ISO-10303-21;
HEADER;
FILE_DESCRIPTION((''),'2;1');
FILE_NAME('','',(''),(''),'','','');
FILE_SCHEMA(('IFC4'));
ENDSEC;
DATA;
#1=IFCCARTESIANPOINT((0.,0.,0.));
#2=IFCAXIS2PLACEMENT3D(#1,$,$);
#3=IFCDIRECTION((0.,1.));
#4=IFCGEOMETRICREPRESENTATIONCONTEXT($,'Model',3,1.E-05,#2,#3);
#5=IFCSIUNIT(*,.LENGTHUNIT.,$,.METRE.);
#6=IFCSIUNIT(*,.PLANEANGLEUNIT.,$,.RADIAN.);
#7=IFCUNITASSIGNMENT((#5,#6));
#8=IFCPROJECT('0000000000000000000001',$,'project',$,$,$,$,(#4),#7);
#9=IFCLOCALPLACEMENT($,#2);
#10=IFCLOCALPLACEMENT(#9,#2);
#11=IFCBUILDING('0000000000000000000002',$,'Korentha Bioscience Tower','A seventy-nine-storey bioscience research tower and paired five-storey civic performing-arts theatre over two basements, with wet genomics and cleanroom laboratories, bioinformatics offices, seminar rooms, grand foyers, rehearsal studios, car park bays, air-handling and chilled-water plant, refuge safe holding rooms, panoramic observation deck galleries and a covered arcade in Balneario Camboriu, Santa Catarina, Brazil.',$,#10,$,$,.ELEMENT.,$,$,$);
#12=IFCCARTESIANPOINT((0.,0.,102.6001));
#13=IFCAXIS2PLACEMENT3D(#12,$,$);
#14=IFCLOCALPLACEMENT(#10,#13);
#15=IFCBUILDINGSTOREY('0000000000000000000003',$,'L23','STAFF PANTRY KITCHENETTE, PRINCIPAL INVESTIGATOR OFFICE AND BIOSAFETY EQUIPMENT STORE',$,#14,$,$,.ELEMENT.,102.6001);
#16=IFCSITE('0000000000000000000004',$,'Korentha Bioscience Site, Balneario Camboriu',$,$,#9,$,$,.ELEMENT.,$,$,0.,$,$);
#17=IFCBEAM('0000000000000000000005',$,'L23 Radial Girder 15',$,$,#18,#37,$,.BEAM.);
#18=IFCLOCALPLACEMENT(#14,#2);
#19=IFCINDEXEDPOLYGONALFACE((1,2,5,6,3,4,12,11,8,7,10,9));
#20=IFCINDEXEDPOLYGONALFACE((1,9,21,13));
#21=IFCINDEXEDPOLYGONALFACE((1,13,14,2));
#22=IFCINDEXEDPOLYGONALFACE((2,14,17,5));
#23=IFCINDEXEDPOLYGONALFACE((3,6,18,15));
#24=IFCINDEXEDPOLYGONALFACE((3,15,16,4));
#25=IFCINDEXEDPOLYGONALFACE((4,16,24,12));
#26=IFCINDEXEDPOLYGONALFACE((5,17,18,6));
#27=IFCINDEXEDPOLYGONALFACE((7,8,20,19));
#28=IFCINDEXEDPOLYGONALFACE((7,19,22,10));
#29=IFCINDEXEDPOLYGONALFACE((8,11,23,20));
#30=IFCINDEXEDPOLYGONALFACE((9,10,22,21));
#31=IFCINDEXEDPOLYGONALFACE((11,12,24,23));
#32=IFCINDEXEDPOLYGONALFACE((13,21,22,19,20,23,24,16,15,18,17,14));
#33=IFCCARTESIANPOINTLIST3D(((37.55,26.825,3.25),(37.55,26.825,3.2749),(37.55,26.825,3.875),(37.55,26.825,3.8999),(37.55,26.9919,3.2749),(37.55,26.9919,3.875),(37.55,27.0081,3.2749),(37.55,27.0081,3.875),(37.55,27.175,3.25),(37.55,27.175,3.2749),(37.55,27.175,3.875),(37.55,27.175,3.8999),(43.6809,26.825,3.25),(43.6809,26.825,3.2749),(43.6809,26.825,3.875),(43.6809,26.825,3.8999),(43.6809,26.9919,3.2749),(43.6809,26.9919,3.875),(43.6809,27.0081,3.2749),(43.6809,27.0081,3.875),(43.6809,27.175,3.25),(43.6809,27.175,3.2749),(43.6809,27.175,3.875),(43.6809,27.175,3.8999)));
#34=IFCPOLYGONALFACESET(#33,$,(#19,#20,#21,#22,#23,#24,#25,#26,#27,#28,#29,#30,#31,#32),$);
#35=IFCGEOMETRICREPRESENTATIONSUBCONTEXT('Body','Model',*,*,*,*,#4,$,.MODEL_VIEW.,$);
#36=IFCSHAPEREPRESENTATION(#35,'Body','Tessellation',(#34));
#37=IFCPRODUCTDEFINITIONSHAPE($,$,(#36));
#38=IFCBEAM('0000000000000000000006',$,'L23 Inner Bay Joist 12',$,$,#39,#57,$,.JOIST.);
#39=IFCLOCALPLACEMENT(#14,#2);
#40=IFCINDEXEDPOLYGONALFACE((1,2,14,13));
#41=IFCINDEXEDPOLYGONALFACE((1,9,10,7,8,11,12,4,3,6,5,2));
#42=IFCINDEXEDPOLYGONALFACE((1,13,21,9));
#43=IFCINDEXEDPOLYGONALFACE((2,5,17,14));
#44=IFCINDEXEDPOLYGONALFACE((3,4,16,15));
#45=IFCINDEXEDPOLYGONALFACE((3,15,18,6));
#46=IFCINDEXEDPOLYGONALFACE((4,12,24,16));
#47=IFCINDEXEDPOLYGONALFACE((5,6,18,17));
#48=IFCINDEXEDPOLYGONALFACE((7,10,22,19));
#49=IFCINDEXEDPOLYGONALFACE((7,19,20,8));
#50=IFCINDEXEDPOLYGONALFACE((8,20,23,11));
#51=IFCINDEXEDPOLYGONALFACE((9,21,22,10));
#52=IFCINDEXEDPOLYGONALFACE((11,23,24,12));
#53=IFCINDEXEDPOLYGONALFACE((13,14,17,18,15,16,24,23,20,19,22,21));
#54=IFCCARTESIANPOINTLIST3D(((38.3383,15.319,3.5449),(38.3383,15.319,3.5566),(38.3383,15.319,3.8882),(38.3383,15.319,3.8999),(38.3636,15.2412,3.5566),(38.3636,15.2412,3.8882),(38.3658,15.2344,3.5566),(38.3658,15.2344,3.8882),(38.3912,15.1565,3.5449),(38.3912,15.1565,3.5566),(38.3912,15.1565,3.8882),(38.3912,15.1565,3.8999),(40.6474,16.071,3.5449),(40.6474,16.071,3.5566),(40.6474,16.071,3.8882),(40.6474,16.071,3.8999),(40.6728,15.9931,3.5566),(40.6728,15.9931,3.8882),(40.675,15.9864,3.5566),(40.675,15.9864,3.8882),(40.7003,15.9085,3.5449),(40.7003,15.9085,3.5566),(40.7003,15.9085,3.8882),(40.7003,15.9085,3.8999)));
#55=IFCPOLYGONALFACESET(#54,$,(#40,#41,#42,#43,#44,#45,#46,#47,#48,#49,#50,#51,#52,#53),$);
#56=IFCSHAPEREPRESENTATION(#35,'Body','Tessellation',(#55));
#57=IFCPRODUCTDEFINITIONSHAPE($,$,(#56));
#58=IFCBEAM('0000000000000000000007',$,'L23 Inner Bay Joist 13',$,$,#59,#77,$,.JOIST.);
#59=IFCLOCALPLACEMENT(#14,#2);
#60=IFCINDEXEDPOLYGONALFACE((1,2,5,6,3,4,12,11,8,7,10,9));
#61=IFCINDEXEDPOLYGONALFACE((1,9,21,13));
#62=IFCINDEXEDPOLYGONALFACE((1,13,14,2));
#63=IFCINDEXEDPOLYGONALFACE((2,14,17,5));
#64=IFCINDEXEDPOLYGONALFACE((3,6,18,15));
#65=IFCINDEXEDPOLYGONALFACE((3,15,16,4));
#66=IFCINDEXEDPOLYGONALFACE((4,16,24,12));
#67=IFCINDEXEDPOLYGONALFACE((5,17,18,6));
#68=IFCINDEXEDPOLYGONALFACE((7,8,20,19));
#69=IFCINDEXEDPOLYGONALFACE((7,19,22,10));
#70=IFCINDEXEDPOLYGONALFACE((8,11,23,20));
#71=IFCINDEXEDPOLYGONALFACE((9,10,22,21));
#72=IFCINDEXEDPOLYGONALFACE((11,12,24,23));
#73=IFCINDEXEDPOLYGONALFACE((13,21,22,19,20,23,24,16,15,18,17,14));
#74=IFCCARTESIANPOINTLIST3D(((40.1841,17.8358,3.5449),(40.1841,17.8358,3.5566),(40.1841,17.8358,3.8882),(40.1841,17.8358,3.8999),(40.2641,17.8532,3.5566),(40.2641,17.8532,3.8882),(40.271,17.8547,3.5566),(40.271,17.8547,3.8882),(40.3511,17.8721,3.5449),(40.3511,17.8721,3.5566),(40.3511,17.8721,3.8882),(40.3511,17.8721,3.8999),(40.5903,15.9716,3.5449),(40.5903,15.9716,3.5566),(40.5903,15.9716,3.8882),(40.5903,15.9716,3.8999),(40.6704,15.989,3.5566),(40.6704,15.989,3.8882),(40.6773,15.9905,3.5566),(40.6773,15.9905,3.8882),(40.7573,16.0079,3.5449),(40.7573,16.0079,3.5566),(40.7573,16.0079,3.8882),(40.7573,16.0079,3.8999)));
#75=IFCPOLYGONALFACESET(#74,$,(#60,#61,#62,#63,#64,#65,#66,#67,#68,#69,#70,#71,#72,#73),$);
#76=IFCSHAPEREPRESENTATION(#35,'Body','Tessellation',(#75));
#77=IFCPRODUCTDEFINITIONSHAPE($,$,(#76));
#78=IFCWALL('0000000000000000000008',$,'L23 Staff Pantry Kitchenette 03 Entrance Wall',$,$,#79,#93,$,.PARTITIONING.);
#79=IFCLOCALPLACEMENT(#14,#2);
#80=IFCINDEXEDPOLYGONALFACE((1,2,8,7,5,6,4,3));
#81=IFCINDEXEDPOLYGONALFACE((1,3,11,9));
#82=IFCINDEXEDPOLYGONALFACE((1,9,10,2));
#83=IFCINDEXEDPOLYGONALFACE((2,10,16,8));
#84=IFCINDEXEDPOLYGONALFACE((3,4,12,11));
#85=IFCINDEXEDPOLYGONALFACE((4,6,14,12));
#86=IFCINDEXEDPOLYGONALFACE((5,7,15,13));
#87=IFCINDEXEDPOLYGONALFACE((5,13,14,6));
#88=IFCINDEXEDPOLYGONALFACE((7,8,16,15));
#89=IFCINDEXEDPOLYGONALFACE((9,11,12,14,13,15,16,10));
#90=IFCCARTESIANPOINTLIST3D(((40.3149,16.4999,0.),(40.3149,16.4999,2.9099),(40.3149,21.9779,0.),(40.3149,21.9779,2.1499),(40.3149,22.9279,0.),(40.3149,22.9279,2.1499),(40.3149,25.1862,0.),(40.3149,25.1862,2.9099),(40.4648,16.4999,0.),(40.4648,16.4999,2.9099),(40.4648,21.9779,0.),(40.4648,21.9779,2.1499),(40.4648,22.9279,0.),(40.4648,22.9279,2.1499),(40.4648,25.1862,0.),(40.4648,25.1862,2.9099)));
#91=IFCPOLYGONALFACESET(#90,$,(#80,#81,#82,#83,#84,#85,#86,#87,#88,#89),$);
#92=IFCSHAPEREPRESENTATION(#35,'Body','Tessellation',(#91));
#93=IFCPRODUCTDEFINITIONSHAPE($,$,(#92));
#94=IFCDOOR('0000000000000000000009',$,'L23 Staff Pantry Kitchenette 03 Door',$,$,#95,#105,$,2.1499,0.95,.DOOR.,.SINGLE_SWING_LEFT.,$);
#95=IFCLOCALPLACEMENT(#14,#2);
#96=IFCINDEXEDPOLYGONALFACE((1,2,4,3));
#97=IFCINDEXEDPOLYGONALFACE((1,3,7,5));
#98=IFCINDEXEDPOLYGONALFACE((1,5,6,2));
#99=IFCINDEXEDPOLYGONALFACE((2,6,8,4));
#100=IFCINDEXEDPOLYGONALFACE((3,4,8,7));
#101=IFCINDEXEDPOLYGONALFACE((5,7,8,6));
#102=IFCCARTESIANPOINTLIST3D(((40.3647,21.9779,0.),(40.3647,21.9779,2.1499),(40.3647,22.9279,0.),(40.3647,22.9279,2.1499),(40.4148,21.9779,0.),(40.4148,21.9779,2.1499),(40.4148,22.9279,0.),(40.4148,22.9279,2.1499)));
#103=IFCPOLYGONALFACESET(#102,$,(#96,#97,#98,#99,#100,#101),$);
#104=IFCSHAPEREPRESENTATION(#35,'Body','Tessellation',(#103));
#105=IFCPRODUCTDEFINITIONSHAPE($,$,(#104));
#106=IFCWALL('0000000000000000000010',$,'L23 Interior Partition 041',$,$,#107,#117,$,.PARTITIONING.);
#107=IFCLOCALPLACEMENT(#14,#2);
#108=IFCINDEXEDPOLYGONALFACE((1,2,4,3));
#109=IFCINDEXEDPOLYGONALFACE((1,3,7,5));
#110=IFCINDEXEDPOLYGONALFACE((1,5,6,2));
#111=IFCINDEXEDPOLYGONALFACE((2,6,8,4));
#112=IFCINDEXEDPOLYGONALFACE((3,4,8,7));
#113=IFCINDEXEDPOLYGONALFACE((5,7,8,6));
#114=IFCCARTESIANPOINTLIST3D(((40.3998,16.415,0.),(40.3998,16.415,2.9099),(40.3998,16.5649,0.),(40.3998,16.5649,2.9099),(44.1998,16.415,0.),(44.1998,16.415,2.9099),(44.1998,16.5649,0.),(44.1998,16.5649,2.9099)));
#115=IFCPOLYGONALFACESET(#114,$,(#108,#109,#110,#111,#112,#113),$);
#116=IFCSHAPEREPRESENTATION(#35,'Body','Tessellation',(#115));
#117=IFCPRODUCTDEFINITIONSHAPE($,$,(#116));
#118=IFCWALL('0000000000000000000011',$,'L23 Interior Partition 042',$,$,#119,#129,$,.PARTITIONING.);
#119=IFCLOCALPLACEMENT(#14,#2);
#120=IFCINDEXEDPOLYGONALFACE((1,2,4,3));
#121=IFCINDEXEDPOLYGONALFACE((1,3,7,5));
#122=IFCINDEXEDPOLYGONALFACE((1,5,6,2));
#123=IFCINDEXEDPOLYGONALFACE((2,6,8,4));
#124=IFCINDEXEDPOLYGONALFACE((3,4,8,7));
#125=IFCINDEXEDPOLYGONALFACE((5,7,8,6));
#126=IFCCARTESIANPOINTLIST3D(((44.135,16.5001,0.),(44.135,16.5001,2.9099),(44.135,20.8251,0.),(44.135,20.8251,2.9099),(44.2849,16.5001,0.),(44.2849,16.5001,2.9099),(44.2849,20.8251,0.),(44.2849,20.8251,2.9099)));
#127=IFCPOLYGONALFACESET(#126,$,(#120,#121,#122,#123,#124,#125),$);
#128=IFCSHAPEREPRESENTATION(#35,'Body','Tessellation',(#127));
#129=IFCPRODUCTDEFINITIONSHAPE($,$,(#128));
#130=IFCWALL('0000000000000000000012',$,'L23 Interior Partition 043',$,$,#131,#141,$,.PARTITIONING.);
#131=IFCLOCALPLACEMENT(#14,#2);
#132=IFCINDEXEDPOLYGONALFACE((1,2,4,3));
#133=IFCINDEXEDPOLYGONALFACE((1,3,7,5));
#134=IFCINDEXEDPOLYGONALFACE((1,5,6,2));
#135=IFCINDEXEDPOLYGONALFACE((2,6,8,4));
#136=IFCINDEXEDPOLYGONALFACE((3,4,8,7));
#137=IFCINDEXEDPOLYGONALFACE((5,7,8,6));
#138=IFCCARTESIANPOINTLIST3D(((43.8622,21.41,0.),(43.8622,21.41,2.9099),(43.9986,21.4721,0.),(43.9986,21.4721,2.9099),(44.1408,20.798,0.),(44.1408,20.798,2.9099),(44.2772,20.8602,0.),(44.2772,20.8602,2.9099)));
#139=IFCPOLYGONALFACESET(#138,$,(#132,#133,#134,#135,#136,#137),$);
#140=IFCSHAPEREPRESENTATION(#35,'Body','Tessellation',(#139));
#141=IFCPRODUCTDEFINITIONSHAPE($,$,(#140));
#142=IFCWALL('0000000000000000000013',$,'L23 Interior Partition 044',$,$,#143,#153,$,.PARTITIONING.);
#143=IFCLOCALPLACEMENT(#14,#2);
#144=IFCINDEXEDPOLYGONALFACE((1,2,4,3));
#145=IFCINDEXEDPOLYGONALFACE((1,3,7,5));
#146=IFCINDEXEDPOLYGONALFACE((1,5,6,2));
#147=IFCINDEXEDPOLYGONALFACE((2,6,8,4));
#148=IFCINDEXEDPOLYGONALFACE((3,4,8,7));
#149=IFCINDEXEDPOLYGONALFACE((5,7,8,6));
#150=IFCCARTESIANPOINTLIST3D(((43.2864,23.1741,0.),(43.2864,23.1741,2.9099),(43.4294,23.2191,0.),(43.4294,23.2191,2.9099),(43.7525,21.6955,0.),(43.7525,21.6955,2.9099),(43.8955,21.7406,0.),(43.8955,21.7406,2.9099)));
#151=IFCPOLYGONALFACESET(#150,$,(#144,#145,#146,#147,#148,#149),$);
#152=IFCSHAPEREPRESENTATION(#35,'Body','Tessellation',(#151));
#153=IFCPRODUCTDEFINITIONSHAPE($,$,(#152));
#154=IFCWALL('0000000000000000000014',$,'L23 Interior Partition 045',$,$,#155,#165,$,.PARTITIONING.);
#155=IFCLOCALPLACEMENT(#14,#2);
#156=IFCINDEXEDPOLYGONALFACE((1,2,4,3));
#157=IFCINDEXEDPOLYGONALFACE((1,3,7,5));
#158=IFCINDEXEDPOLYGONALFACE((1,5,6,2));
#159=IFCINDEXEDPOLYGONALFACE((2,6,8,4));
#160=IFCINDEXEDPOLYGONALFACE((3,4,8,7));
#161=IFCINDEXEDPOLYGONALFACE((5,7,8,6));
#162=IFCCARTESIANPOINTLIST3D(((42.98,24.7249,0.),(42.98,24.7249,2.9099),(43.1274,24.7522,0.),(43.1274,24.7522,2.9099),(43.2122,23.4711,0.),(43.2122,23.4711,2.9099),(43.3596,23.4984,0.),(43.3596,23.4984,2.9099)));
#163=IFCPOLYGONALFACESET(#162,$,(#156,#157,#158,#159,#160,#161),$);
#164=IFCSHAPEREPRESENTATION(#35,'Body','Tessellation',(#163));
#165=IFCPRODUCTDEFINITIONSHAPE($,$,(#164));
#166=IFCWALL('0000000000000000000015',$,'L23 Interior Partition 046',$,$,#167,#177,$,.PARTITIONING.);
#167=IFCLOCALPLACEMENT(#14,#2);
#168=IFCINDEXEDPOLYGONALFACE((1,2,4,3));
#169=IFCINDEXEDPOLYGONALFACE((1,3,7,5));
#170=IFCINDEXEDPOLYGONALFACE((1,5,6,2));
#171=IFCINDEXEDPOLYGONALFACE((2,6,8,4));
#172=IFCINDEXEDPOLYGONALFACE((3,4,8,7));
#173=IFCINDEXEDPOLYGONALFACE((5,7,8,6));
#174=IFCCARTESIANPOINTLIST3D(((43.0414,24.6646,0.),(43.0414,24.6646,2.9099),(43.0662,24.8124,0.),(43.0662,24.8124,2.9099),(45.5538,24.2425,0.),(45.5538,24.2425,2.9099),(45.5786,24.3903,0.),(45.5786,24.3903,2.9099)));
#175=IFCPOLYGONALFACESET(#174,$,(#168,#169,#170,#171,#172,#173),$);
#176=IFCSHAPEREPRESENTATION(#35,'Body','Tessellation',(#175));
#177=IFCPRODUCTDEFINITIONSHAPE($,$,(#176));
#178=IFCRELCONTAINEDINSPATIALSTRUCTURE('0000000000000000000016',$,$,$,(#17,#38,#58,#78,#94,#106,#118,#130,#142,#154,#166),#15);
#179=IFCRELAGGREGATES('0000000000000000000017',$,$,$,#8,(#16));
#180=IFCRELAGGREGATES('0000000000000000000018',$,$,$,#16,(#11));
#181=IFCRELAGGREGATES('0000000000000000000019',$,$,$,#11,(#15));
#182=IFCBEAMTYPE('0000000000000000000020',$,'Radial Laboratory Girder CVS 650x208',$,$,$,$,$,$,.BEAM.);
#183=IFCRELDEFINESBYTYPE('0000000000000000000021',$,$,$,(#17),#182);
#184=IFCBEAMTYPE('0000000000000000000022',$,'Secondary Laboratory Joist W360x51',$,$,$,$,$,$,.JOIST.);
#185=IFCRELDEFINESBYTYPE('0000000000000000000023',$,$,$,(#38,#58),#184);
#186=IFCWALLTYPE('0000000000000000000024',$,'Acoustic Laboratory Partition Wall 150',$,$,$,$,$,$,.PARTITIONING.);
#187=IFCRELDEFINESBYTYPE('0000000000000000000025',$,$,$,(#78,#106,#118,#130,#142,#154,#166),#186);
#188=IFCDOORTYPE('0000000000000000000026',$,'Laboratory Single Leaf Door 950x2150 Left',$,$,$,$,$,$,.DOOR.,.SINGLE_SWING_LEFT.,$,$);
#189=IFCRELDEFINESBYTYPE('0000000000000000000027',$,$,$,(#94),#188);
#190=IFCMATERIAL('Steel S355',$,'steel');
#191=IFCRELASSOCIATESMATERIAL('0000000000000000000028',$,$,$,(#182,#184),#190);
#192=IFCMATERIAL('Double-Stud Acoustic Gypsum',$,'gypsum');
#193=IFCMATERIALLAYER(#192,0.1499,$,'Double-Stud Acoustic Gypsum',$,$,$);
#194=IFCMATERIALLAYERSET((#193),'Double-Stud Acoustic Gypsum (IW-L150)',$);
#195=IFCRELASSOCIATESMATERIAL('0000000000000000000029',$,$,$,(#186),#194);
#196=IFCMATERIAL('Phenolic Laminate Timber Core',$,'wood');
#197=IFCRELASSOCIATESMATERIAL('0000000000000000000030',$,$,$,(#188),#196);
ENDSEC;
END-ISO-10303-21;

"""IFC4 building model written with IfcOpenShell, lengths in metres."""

from ifc_helpers import new_model, si_unit, direction, frame, frame_2d, origin, origin_2d, place, context, subcontext, project, spatial, rectangle, i_section, extrude, material, layer, layer_set, material_profile, profile_set, type_object, element, fill, save


model = new_model("IFC4")

# Units and contexts
model_context = context("Model", 3, precision=1e-05, world=origin(), true_north=direction((0.0, 1.0)))
body_context = subcontext(model_context, "Body", "Model", "MODEL_VIEW")
ifc_project = project(units=[si_unit("LENGTHUNIT", "METRE"), si_unit("PLANEANGLEUNIT", "RADIAN")], contexts=[model_context])

# Site, building, storey
site_placement = place(None, origin())
site = spatial("IfcSite", under=ifc_project, at=site_placement, Name="Korentha Bioscience Site, Balneario Camboriu", CompositionType="ELEMENT", RefElevation=0.0)
building_placement = place(site_placement, origin())
building = spatial("IfcBuilding", under=site, at=building_placement, Name="Korentha Bioscience Tower", Description="A seventy-nine-storey bioscience research tower and paired five-storey civic performing-arts theatre over two basements, with wet genomics and cleanroom laboratories, bioinformatics offices, seminar rooms, grand foyers, rehearsal studios, car park bays, air-handling and chilled-water plant, refuge safe holding rooms, panoramic observation deck galleries and a covered arcade in Balneario Camboriu, Santa Catarina, Brazil.", CompositionType="ELEMENT")
storey_placement = place(building_placement, frame((0.0, 0.0, 102.6001)))
storey = spatial("IfcBuildingStorey", under=building, at=storey_placement, Name="L23", Description="STAFF PANTRY KITCHENETTE, PRINCIPAL INVESTIGATOR OFFICE AND BIOSAFETY EQUIPMENT STORE", CompositionType="ELEMENT", Elevation=102.6001)

# Beams
ifc_material_1 = material(Name="Steel S355", Category="steel")
ifc_material_profile_1 = material_profile(ifc_material_1, i_section(OverallWidth=0.3501, OverallDepth=0.6499, WebThickness=0.0161, FlangeThickness=0.0249, at=origin_2d()), Name="Steel S355")
ifc_profile_set_1 = profile_set([ifc_material_profile_1], Name="Steel S355 (RB-650)")
beam_type_1 = type_object("IfcBeamType", Name="Radial Laboratory Girder CVS 650x208", PredefinedType="BEAM", material=ifc_profile_set_1)
beam_1_placement = place(storey_placement, frame((37.55, 27.0, 3.575), z_axis=(1.0, 0.0, 0.0), x_axis=(0.0, 1.0, 0.0)))
element("IfcBeam", 1, at=beam_1_placement, inside=storey, type_object=beam_type_1, Name="L23 Radial Girder 15", PredefinedType="BEAM", context=body_context, shape_type="SweptSolid", body=[
    extrude(i_section(OverallWidth=0.3501, OverallDepth=0.6499, WebThickness=0.0161, FlangeThickness=0.0249, at=origin_2d()), origin(), (0.0, 0.0, 1.0), 6.1309),
])
ifc_material_profile_2 = material_profile(ifc_material_1, i_section(OverallWidth=0.1709, OverallDepth=0.355, WebThickness=0.0071, FlangeThickness=0.0117, at=origin_2d()), Name="Steel S355")
ifc_profile_set_2 = profile_set([ifc_material_profile_2], Name="Steel S355 (JB-360)")
beam_type_2 = type_object("IfcBeamType", Name="Secondary Laboratory Joist W360x51", PredefinedType="JOIST", material=ifc_profile_set_2)
beam_2_placement = place(storey_placement, frame((38.3647, 15.2378, 3.7224), z_axis=(0.950852, 0.309645, 0.0), x_axis=(-0.309645, 0.950852, 0.0)))
element("IfcBeam", 2, at=beam_2_placement, inside=storey, type_object=beam_type_2, Name="L23 Inner Bay Joist 12", PredefinedType="JOIST", context=body_context, shape_type="SweptSolid", body=[
    extrude(i_section(OverallWidth=0.1709, OverallDepth=0.355, WebThickness=0.0071, FlangeThickness=0.0117, at=origin_2d()), origin(), (0.0, 0.0, 1.0), 2.4285),
])
beam_3_placement = place(storey_placement, frame((40.6738, 15.9897, 3.7224), z_axis=(-0.212918, 0.97707, 0.0), x_axis=(-0.97707, -0.212918, 0.0)))
element("IfcBeam", 3, at=beam_3_placement, inside=storey, type_object=beam_type_2, Name="L23 Inner Bay Joist 13", PredefinedType="JOIST", context=body_context, shape_type="SweptSolid", body=[
    extrude(i_section(OverallWidth=0.1709, OverallDepth=0.355, WebThickness=0.0071, FlangeThickness=0.0117, at=origin_2d()), origin(), (0.0, 0.0, 1.0), 1.908),
])

# Wall, opening, door
ifc_material_2 = material(Name="Double-Stud Acoustic Gypsum", Category="gypsum")
ifc_layer_1 = layer(ifc_material_2, 0.1499, Name="Double-Stud Acoustic Gypsum")
ifc_layer_set_1 = layer_set([ifc_layer_1], Name="Double-Stud Acoustic Gypsum (IW-L150)")
wall_type_1 = type_object("IfcWallType", Name="Acoustic Laboratory Partition Wall 150", PredefinedType="PARTITIONING", material=ifc_layer_set_1)
wall_1_placement = place(storey_placement, frame((40.3899, 25.1863, 0.0), z_axis=(0.0, 0.0, 1.0), x_axis=(0.0, -1.0, 0.0)))
wall_1 = element("IfcWall", 4, at=wall_1_placement, inside=storey, type_object=wall_type_1, Name="L23 Staff Pantry Kitchenette 03 Entrance Wall", PredefinedType="PARTITIONING", context=body_context, shape_type="SweptSolid", body=[
    extrude(rectangle(XDim=8.6863, YDim=0.1499, at=frame_2d((4.3433, 0.0))), origin(), (0.0, 0.0, 1.0), 2.9099),
])
opening_placement = place(wall_1_placement, frame((2.2583, 0.0, 0.0)))
opening = element("IfcOpeningElement", 5, at=opening_placement, cuts=wall_1, PredefinedType="OPENING", context=body_context, shape_type="SweptSolid", body=[
    extrude(rectangle(XDim=0.95, YDim=2.1499, at=frame_2d((0.4751, 1.075))), frame((0.0, 0.0898, 0.0), z_axis=(0.0, -1.0, 0.0), x_axis=(1.0, 0.0, 0.0)), (0.0, 0.0, 1.0), 0.1797),
])
ifc_material_3 = material(Name="Phenolic Laminate Timber Core", Category="wood")
door_type = type_object("IfcDoorType", Name="Laboratory Single Leaf Door 950x2150 Left", OperationType="SINGLE_SWING_LEFT", PredefinedType="DOOR", material=ifc_material_3)
door_placement = place(opening_placement, origin())
door = element("IfcDoor", 6, at=door_placement, inside=storey, type_object=door_type, Name="L23 Staff Pantry Kitchenette 03 Door", OperationType="SINGLE_SWING_LEFT", OverallHeight=2.1499, OverallWidth=0.95, PredefinedType="DOOR", context=body_context, shape_type="SweptSolid", body=[
    extrude(rectangle(XDim=0.95, YDim=2.1499, at=frame_2d((0.4751, 1.075))), frame((0.0, 0.0249, 0.0), z_axis=(0.0, -1.0, 0.0), x_axis=(1.0, 0.0, 0.0)), (0.0, 0.0, 1.0), 0.05),
])
fill(opening, door)

# Walls
wall_2_placement = place(storey_placement, frame((40.3999, 16.49, 0.0), z_axis=(0.0, 0.0, 1.0), x_axis=(1.0, 0.0, 0.0)))
element("IfcWall", 7, at=wall_2_placement, inside=storey, type_object=wall_type_1, Name="L23 Interior Partition 041", PredefinedType="PARTITIONING", context=body_context, shape_type="SweptSolid", body=[
    extrude(rectangle(XDim=3.8, YDim=0.1499, at=frame_2d((1.8999, 0.0))), origin(), (0.0, 0.0, 1.0), 2.9099),
])
wall_3_placement = place(storey_placement, frame((44.21, 16.5, 0.0), z_axis=(0.0, 0.0, 1.0), x_axis=(0.0, 1.0, 0.0)))
element("IfcWall", 8, at=wall_3_placement, inside=storey, type_object=wall_type_1, Name="L23 Interior Partition 042", PredefinedType="PARTITIONING", context=body_context, shape_type="SweptSolid", body=[
    extrude(rectangle(XDim=4.325, YDim=0.1499, at=frame_2d((2.1626, 0.0))), origin(), (0.0, 0.0, 1.0), 2.9099),
])
wall_4_placement = place(storey_placement, frame((44.209, 20.8291, 0.0), z_axis=(0.0, 0.0, 1.0), x_axis=(-0.414377, 0.910105, 0.0)))
element("IfcWall", 9, at=wall_4_placement, inside=storey, type_object=wall_type_1, Name="L23 Interior Partition 043", PredefinedType="PARTITIONING", context=body_context, shape_type="SweptSolid", body=[
    extrude(rectangle(XDim=0.6724, YDim=0.1499, at=frame_2d((0.3362, 0.0))), origin(), (0.0, 0.0, 1.0), 2.9099),
])
wall_5_placement = place(storey_placement, frame((43.824, 21.718, 0.0), z_axis=(0.0, 0.0, 1.0), x_axis=(-0.300641, 0.953737, 0.0)))
element("IfcWall", 10, at=wall_5_placement, inside=storey, type_object=wall_type_1, Name="L23 Interior Partition 044", PredefinedType="PARTITIONING", context=body_context, shape_type="SweptSolid", body=[
    extrude(rectangle(XDim=1.5503, YDim=0.1499, at=frame_2d((0.7751, 0.0))), origin(), (0.0, 0.0, 1.0), 2.9099),
])
wall_6_placement = place(storey_placement, frame((43.2859, 23.4846, 0.0), z_axis=(0.0, 0.0, 1.0), x_axis=(-0.182069, 0.983286, 0.0)))
element("IfcWall", 11, at=wall_6_placement, inside=storey, type_object=wall_type_1, Name="L23 Interior Partition 045", PredefinedType="PARTITIONING", context=body_context, shape_type="SweptSolid", body=[
    extrude(rectangle(XDim=1.2751, YDim=0.1499, at=frame_2d((0.6377, 0.0))), origin(), (0.0, 0.0, 1.0), 2.9099),
])
wall_7_placement = place(storey_placement, frame((43.0537, 24.7385, 0.0), z_axis=(0.0, 0.0, 1.0), x_axis=(0.986178, -0.165689, 0.0)))
element("IfcWall", 12, at=wall_7_placement, inside=storey, type_object=wall_type_1, Name="L23 Interior Partition 046", PredefinedType="PARTITIONING", context=body_context, shape_type="SweptSolid", body=[
    extrude(rectangle(XDim=2.5476, YDim=0.1499, at=frame_2d((1.2739, 0.0))), origin(), (0.0, 0.0, 1.0), 2.9099),
])

save(model, "model.ifc")
